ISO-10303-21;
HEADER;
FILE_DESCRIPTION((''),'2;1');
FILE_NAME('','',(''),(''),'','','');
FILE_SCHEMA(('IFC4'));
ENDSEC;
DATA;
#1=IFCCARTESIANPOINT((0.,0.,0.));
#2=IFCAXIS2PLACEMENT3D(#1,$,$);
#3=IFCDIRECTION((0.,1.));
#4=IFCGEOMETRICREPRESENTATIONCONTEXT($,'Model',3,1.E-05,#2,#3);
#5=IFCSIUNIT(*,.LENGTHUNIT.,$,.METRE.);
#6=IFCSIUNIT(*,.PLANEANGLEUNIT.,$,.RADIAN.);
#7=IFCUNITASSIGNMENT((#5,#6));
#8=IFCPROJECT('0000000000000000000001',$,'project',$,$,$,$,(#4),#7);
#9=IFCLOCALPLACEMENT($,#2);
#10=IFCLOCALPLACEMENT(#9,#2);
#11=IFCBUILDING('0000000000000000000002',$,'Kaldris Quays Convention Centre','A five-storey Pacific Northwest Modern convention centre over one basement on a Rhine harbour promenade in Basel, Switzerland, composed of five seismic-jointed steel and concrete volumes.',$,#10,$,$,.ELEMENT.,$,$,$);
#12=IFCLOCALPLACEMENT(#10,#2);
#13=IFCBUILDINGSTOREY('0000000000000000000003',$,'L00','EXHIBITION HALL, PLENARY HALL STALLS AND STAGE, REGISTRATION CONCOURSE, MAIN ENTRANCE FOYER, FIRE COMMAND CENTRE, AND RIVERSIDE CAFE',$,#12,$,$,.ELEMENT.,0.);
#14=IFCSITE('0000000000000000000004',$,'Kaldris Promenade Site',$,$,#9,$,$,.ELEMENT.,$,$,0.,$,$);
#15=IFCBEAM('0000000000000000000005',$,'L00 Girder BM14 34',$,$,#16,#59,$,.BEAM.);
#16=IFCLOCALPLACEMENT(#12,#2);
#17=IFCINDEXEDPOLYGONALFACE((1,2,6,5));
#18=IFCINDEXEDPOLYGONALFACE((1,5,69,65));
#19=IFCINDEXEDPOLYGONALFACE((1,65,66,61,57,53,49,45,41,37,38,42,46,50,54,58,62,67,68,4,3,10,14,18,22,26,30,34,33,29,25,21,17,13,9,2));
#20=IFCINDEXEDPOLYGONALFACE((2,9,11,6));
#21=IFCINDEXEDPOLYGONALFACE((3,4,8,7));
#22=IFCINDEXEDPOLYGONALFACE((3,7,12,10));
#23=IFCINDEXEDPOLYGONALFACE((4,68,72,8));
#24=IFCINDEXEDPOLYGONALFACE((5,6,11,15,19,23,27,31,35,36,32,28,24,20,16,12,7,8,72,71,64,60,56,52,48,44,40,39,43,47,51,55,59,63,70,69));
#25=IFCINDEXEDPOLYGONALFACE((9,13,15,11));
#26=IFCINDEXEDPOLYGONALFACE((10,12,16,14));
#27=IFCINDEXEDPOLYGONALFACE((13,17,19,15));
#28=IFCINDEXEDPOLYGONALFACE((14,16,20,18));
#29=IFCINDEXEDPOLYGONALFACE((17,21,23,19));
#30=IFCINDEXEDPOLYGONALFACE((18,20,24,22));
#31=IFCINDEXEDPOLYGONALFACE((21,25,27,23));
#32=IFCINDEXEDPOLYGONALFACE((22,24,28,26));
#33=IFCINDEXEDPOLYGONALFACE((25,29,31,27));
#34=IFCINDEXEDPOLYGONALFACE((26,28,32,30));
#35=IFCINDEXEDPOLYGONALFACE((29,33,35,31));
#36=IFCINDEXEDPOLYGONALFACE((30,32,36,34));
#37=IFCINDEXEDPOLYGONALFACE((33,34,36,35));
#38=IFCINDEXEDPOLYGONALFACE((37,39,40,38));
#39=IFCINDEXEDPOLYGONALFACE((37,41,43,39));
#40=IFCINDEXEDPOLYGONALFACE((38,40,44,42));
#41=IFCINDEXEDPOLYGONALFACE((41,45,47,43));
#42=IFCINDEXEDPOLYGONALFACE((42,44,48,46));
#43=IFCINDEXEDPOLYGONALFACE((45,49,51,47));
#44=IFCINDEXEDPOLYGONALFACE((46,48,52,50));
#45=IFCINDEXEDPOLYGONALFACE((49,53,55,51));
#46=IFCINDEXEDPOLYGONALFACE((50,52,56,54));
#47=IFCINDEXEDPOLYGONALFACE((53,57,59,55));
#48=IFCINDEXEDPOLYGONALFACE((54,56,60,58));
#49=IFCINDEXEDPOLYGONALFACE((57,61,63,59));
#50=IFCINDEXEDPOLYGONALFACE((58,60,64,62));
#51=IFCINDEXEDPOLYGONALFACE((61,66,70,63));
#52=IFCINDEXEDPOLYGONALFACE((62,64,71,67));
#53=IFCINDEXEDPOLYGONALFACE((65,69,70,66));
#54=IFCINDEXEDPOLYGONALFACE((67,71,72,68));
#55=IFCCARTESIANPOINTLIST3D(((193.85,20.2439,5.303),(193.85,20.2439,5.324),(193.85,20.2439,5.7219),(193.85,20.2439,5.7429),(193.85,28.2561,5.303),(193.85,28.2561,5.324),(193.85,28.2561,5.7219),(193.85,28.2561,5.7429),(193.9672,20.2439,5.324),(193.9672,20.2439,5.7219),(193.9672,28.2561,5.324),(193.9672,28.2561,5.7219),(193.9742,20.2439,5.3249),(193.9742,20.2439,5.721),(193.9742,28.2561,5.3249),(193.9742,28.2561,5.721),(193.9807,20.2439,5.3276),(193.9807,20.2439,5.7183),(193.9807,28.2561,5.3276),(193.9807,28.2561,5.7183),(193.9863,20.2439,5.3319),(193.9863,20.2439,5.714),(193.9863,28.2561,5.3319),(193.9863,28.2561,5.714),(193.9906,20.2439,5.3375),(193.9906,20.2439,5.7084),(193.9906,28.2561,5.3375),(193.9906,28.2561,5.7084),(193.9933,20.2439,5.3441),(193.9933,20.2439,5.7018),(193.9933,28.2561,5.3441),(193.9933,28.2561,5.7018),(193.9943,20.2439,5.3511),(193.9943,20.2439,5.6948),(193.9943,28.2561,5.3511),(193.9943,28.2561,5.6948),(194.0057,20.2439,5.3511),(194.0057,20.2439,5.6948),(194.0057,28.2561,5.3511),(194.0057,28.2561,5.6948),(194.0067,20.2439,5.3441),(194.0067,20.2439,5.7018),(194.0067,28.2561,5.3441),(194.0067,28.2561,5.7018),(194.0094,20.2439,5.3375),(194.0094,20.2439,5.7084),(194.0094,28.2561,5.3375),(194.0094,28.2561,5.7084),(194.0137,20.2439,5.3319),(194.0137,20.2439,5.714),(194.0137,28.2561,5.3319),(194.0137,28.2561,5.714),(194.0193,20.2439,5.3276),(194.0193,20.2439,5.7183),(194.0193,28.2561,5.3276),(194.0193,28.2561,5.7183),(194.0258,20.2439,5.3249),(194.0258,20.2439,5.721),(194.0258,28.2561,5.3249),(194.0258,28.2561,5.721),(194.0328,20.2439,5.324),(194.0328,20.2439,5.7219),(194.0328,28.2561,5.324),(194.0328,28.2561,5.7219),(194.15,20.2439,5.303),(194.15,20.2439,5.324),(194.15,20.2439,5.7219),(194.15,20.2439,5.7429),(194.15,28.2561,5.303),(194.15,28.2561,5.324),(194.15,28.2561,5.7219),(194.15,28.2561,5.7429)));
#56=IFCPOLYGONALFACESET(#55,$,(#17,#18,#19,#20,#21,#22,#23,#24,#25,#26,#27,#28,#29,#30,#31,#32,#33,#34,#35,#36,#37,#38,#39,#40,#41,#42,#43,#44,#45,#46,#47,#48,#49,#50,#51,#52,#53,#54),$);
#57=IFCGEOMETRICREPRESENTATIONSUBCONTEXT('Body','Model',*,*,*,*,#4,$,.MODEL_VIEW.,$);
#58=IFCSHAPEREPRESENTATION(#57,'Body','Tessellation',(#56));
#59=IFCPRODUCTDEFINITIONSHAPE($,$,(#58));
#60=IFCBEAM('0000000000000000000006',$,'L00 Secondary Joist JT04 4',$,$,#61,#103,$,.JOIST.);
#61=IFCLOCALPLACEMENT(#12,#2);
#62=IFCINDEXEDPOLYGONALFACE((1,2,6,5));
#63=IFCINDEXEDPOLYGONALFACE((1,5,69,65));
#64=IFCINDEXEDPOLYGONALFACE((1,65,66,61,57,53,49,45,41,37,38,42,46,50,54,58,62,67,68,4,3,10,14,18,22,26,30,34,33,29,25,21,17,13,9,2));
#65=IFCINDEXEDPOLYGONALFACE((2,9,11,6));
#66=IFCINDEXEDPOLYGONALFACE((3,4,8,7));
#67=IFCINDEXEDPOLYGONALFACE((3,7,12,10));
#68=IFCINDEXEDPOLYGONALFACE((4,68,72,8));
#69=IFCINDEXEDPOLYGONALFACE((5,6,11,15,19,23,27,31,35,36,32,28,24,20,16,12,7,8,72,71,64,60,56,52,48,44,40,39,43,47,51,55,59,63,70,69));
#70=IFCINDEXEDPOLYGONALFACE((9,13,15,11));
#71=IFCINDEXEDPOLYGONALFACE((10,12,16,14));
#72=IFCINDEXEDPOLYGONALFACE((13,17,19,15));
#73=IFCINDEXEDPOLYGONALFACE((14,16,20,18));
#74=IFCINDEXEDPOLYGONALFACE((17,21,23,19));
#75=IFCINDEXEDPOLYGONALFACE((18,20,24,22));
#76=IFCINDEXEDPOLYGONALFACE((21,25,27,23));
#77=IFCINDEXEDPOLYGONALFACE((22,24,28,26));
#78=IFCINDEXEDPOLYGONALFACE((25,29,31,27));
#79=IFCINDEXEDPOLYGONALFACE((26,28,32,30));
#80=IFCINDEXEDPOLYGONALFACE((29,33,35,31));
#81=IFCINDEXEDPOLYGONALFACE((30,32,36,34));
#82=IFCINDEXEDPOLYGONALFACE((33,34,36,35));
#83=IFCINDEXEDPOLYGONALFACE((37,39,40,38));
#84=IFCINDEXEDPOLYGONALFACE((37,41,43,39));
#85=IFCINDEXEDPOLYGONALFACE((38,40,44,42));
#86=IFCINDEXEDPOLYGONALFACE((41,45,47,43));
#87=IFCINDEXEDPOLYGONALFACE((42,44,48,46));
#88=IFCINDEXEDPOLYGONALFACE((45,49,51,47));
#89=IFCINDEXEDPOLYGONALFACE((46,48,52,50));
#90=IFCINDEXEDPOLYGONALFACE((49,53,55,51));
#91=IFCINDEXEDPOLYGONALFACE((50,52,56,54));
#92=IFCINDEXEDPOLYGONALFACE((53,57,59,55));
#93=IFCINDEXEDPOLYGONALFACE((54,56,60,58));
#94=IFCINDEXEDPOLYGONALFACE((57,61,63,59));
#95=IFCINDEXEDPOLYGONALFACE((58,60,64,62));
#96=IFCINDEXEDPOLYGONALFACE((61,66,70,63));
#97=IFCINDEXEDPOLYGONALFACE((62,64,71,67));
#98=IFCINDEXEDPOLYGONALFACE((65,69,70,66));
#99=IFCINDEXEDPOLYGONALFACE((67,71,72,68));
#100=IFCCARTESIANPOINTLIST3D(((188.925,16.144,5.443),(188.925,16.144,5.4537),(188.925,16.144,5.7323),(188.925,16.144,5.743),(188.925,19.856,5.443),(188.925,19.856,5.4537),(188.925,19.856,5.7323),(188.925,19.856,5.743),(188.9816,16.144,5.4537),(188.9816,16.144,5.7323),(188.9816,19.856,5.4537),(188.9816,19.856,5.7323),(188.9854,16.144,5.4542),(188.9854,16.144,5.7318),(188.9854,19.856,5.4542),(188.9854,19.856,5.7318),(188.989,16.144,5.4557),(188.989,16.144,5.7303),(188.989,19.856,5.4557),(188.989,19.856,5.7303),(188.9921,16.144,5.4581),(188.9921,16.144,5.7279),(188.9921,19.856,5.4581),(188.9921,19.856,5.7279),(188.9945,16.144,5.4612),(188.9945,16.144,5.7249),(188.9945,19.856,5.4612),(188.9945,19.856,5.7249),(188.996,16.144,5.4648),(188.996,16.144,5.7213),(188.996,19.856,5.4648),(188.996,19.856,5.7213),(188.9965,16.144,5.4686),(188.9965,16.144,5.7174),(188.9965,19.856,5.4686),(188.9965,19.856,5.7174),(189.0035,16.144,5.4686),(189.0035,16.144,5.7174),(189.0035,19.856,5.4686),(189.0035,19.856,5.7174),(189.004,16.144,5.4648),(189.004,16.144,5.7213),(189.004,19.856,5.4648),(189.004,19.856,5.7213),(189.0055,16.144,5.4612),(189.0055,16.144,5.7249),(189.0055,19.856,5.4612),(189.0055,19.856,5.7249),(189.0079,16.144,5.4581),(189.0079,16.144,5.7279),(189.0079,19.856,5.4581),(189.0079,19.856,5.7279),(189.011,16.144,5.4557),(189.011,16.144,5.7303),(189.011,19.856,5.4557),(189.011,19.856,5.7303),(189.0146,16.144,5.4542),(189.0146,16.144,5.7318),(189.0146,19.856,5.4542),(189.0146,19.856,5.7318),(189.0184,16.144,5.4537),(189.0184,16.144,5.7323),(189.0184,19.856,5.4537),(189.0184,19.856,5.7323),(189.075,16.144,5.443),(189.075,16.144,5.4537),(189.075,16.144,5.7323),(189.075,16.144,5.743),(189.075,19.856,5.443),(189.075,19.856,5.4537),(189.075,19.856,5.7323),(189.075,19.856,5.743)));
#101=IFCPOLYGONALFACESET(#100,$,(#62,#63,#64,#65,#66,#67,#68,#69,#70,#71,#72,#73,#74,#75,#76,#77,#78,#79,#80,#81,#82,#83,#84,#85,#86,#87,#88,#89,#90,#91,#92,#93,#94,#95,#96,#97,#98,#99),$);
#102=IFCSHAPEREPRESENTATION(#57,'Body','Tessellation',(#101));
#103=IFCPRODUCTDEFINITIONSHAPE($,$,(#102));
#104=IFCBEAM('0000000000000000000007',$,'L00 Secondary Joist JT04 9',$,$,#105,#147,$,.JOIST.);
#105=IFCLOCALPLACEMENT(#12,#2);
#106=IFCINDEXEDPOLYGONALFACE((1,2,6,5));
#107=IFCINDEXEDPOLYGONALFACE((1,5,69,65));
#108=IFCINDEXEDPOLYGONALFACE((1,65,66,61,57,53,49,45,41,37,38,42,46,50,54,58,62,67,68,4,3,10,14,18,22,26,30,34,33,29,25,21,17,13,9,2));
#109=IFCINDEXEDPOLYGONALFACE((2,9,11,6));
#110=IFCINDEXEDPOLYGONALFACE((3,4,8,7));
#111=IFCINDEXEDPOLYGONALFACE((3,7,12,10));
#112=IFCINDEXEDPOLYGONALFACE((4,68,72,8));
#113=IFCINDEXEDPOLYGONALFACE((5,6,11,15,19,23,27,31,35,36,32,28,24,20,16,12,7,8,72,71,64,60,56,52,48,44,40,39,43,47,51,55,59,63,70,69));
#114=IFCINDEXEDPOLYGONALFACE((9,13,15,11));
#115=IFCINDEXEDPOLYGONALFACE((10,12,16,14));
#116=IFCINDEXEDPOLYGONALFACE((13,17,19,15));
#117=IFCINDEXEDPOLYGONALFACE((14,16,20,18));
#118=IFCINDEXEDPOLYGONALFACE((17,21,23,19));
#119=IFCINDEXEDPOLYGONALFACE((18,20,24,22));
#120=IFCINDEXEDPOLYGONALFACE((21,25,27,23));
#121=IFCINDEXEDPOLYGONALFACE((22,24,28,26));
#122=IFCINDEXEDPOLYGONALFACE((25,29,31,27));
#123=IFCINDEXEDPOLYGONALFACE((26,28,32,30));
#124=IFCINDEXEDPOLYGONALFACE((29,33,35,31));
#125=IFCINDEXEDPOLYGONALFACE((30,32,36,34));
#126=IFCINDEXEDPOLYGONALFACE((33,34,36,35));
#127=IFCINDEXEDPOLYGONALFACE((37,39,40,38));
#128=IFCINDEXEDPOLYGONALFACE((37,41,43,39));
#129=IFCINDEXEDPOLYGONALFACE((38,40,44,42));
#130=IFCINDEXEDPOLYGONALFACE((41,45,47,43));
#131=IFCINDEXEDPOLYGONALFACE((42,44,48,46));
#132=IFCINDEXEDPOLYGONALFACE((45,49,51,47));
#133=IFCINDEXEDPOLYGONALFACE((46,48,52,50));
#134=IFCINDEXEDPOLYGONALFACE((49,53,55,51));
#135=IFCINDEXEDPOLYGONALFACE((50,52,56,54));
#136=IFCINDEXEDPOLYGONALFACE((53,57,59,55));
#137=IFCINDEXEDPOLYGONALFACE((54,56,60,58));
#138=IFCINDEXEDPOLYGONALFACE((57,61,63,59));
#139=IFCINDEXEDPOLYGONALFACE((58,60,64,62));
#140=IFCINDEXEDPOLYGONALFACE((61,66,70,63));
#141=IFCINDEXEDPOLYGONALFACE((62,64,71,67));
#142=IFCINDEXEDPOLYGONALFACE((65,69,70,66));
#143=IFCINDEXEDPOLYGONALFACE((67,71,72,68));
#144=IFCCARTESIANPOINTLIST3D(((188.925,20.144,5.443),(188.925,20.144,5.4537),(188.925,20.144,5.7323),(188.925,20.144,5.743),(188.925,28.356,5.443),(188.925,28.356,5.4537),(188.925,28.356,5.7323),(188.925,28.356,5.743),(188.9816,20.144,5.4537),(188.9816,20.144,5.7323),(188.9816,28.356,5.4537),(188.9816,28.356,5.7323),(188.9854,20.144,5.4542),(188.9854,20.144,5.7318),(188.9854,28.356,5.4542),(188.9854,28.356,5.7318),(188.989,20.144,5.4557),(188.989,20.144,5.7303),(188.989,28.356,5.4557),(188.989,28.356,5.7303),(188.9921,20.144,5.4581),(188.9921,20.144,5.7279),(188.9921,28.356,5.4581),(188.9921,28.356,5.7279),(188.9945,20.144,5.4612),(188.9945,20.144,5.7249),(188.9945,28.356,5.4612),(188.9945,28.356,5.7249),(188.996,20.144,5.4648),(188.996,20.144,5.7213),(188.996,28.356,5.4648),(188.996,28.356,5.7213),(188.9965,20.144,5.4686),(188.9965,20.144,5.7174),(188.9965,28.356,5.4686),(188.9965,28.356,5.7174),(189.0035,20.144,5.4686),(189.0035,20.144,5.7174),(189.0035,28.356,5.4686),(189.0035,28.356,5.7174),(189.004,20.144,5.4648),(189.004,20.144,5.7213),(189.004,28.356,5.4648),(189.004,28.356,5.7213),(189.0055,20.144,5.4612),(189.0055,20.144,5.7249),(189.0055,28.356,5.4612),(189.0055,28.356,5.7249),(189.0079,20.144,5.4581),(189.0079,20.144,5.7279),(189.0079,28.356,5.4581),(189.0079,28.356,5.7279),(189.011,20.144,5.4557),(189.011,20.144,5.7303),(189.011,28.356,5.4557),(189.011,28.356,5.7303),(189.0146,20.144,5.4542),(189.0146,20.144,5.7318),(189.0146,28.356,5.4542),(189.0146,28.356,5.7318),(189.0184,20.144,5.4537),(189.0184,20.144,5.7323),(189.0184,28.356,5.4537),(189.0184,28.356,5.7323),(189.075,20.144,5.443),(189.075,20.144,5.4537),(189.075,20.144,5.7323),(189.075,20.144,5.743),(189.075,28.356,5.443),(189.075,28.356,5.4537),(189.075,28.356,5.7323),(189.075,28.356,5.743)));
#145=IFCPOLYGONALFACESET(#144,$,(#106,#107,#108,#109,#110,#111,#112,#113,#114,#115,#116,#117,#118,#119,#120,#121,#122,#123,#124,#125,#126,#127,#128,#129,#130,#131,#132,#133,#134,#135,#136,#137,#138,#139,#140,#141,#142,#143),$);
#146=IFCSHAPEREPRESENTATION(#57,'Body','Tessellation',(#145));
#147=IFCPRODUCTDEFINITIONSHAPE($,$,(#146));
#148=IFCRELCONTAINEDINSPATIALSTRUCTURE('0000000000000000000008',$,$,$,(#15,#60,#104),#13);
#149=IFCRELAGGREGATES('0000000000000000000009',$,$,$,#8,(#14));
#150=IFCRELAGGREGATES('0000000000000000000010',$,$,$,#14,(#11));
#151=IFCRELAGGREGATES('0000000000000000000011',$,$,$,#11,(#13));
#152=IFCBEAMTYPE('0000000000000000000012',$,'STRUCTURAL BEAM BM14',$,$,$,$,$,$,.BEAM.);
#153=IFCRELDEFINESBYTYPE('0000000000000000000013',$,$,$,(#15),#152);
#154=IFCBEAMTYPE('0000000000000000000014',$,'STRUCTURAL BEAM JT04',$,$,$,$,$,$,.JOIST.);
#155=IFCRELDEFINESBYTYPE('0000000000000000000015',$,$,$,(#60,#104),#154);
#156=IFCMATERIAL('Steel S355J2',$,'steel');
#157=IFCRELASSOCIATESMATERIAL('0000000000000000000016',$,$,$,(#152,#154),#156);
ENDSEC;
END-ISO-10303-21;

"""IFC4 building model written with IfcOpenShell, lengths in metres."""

from ifc_helpers import new_model, si_unit, direction, frame, origin, origin_2d, place, context, subcontext, project, spatial, i_section, extrude, material, material_profile, profile_set, type_object, element, save


model = new_model("IFC4")

# Units and contexts
model_context = context("Model", 3, precision=1e-05, world=origin(), true_north=direction((0.0, 1.0)))
body_context = subcontext(model_context, "Body", "Model", "MODEL_VIEW")
ifc_project = project(units=[si_unit("LENGTHUNIT", "METRE"), si_unit("PLANEANGLEUNIT", "RADIAN")], contexts=[model_context])

# Site, building, storey
site_placement = place(None, origin())
site = spatial("IfcSite", under=ifc_project, at=site_placement, Name="Kaldris Promenade Site", CompositionType="ELEMENT", RefElevation=0.0)
building_placement = place(site_placement, origin())
building = spatial("IfcBuilding", under=site, at=building_placement, Name="Kaldris Quays Convention Centre", Description="A five-storey Pacific Northwest Modern convention centre over one basement on a Rhine harbour promenade in Basel, Switzerland, composed of five seismic-jointed steel and concrete volumes.", CompositionType="ELEMENT")
storey_placement = place(building_placement, origin())
storey = spatial("IfcBuildingStorey", under=building, at=storey_placement, Name="L00", Description="EXHIBITION HALL, PLENARY HALL STALLS AND STAGE, REGISTRATION CONCOURSE, MAIN ENTRANCE FOYER, FIRE COMMAND CENTRE, AND RIVERSIDE CAFE", CompositionType="ELEMENT", Elevation=0.0)

# Shared definitions
ifc_material_1 = material(Name="Steel S355J2", Category="steel")

# Beams
ifc_material_profile_1 = material_profile(ifc_material_1, i_section(OverallWidth=0.3, OverallDepth=0.4399, WebThickness=0.0115, FlangeThickness=0.021, FilletRadius=0.0271, at=origin_2d()), Name="HEA 450")
ifc_profile_set_1 = profile_set([ifc_material_profile_1], Name="Steel S355J2")
beam_type_1 = type_object("IfcBeamType", Name="STRUCTURAL BEAM BM14", PredefinedType="BEAM", material=ifc_profile_set_1)
beam_1_placement = place(storey_placement, frame((194.0, 20.2439, 5.5229), z_axis=(0.0, 1.0, 0.0), x_axis=(-1.0, 0.0, 0.0)))
element("IfcBeam", 1, at=beam_1_placement, inside=storey, type_object=beam_type_1, Name="L00 Girder BM14 34", PredefinedType="BEAM", context=body_context, shape_type="SweptSolid", body=[
    extrude(i_section(OverallWidth=0.3, OverallDepth=0.4399, WebThickness=0.0115, FlangeThickness=0.021, FilletRadius=0.0271, at=origin_2d()), origin(), (0.0, 0.0, 1.0), 8.0122),
])
ifc_material_profile_2 = material_profile(ifc_material_1, i_section(OverallWidth=0.1499, OverallDepth=0.3, WebThickness=0.0071, FlangeThickness=0.0107, FilletRadius=0.0149, at=origin_2d()), Name="IPE 300")
ifc_profile_set_2 = profile_set([ifc_material_profile_2], Name="Steel S355J2")
beam_type_2 = type_object("IfcBeamType", Name="STRUCTURAL BEAM JT04", PredefinedType="JOIST", material=ifc_profile_set_2)
beam_2_placement = place(storey_placement, frame((189.0, 16.144, 5.593), z_axis=(0.0, 1.0, 0.0), x_axis=(-1.0, 0.0, 0.0)))
element("IfcBeam", 2, at=beam_2_placement, inside=storey, type_object=beam_type_2, Name="L00 Secondary Joist JT04 4", PredefinedType="JOIST", context=body_context, shape_type="SweptSolid", body=[
    extrude(i_section(OverallWidth=0.1499, OverallDepth=0.3, WebThickness=0.0071, FlangeThickness=0.0107, FilletRadius=0.0149, at=origin_2d()), origin(), (0.0, 0.0, 1.0), 3.7119),
])
beam_3_placement = place(storey_placement, frame((189.0, 20.144, 5.593), z_axis=(0.0, 1.0, 0.0), x_axis=(-1.0, 0.0, 0.0)))
element("IfcBeam", 3, at=beam_3_placement, inside=storey, type_object=beam_type_2, Name="L00 Secondary Joist JT04 9", PredefinedType="JOIST", context=body_context, shape_type="SweptSolid", body=[
    extrude(i_section(OverallWidth=0.1499, OverallDepth=0.3, WebThickness=0.0071, FlangeThickness=0.0107, FilletRadius=0.0149, at=origin_2d()), origin(), (0.0, 0.0, 1.0), 8.2119),
])

save(model, "model.ifc")
